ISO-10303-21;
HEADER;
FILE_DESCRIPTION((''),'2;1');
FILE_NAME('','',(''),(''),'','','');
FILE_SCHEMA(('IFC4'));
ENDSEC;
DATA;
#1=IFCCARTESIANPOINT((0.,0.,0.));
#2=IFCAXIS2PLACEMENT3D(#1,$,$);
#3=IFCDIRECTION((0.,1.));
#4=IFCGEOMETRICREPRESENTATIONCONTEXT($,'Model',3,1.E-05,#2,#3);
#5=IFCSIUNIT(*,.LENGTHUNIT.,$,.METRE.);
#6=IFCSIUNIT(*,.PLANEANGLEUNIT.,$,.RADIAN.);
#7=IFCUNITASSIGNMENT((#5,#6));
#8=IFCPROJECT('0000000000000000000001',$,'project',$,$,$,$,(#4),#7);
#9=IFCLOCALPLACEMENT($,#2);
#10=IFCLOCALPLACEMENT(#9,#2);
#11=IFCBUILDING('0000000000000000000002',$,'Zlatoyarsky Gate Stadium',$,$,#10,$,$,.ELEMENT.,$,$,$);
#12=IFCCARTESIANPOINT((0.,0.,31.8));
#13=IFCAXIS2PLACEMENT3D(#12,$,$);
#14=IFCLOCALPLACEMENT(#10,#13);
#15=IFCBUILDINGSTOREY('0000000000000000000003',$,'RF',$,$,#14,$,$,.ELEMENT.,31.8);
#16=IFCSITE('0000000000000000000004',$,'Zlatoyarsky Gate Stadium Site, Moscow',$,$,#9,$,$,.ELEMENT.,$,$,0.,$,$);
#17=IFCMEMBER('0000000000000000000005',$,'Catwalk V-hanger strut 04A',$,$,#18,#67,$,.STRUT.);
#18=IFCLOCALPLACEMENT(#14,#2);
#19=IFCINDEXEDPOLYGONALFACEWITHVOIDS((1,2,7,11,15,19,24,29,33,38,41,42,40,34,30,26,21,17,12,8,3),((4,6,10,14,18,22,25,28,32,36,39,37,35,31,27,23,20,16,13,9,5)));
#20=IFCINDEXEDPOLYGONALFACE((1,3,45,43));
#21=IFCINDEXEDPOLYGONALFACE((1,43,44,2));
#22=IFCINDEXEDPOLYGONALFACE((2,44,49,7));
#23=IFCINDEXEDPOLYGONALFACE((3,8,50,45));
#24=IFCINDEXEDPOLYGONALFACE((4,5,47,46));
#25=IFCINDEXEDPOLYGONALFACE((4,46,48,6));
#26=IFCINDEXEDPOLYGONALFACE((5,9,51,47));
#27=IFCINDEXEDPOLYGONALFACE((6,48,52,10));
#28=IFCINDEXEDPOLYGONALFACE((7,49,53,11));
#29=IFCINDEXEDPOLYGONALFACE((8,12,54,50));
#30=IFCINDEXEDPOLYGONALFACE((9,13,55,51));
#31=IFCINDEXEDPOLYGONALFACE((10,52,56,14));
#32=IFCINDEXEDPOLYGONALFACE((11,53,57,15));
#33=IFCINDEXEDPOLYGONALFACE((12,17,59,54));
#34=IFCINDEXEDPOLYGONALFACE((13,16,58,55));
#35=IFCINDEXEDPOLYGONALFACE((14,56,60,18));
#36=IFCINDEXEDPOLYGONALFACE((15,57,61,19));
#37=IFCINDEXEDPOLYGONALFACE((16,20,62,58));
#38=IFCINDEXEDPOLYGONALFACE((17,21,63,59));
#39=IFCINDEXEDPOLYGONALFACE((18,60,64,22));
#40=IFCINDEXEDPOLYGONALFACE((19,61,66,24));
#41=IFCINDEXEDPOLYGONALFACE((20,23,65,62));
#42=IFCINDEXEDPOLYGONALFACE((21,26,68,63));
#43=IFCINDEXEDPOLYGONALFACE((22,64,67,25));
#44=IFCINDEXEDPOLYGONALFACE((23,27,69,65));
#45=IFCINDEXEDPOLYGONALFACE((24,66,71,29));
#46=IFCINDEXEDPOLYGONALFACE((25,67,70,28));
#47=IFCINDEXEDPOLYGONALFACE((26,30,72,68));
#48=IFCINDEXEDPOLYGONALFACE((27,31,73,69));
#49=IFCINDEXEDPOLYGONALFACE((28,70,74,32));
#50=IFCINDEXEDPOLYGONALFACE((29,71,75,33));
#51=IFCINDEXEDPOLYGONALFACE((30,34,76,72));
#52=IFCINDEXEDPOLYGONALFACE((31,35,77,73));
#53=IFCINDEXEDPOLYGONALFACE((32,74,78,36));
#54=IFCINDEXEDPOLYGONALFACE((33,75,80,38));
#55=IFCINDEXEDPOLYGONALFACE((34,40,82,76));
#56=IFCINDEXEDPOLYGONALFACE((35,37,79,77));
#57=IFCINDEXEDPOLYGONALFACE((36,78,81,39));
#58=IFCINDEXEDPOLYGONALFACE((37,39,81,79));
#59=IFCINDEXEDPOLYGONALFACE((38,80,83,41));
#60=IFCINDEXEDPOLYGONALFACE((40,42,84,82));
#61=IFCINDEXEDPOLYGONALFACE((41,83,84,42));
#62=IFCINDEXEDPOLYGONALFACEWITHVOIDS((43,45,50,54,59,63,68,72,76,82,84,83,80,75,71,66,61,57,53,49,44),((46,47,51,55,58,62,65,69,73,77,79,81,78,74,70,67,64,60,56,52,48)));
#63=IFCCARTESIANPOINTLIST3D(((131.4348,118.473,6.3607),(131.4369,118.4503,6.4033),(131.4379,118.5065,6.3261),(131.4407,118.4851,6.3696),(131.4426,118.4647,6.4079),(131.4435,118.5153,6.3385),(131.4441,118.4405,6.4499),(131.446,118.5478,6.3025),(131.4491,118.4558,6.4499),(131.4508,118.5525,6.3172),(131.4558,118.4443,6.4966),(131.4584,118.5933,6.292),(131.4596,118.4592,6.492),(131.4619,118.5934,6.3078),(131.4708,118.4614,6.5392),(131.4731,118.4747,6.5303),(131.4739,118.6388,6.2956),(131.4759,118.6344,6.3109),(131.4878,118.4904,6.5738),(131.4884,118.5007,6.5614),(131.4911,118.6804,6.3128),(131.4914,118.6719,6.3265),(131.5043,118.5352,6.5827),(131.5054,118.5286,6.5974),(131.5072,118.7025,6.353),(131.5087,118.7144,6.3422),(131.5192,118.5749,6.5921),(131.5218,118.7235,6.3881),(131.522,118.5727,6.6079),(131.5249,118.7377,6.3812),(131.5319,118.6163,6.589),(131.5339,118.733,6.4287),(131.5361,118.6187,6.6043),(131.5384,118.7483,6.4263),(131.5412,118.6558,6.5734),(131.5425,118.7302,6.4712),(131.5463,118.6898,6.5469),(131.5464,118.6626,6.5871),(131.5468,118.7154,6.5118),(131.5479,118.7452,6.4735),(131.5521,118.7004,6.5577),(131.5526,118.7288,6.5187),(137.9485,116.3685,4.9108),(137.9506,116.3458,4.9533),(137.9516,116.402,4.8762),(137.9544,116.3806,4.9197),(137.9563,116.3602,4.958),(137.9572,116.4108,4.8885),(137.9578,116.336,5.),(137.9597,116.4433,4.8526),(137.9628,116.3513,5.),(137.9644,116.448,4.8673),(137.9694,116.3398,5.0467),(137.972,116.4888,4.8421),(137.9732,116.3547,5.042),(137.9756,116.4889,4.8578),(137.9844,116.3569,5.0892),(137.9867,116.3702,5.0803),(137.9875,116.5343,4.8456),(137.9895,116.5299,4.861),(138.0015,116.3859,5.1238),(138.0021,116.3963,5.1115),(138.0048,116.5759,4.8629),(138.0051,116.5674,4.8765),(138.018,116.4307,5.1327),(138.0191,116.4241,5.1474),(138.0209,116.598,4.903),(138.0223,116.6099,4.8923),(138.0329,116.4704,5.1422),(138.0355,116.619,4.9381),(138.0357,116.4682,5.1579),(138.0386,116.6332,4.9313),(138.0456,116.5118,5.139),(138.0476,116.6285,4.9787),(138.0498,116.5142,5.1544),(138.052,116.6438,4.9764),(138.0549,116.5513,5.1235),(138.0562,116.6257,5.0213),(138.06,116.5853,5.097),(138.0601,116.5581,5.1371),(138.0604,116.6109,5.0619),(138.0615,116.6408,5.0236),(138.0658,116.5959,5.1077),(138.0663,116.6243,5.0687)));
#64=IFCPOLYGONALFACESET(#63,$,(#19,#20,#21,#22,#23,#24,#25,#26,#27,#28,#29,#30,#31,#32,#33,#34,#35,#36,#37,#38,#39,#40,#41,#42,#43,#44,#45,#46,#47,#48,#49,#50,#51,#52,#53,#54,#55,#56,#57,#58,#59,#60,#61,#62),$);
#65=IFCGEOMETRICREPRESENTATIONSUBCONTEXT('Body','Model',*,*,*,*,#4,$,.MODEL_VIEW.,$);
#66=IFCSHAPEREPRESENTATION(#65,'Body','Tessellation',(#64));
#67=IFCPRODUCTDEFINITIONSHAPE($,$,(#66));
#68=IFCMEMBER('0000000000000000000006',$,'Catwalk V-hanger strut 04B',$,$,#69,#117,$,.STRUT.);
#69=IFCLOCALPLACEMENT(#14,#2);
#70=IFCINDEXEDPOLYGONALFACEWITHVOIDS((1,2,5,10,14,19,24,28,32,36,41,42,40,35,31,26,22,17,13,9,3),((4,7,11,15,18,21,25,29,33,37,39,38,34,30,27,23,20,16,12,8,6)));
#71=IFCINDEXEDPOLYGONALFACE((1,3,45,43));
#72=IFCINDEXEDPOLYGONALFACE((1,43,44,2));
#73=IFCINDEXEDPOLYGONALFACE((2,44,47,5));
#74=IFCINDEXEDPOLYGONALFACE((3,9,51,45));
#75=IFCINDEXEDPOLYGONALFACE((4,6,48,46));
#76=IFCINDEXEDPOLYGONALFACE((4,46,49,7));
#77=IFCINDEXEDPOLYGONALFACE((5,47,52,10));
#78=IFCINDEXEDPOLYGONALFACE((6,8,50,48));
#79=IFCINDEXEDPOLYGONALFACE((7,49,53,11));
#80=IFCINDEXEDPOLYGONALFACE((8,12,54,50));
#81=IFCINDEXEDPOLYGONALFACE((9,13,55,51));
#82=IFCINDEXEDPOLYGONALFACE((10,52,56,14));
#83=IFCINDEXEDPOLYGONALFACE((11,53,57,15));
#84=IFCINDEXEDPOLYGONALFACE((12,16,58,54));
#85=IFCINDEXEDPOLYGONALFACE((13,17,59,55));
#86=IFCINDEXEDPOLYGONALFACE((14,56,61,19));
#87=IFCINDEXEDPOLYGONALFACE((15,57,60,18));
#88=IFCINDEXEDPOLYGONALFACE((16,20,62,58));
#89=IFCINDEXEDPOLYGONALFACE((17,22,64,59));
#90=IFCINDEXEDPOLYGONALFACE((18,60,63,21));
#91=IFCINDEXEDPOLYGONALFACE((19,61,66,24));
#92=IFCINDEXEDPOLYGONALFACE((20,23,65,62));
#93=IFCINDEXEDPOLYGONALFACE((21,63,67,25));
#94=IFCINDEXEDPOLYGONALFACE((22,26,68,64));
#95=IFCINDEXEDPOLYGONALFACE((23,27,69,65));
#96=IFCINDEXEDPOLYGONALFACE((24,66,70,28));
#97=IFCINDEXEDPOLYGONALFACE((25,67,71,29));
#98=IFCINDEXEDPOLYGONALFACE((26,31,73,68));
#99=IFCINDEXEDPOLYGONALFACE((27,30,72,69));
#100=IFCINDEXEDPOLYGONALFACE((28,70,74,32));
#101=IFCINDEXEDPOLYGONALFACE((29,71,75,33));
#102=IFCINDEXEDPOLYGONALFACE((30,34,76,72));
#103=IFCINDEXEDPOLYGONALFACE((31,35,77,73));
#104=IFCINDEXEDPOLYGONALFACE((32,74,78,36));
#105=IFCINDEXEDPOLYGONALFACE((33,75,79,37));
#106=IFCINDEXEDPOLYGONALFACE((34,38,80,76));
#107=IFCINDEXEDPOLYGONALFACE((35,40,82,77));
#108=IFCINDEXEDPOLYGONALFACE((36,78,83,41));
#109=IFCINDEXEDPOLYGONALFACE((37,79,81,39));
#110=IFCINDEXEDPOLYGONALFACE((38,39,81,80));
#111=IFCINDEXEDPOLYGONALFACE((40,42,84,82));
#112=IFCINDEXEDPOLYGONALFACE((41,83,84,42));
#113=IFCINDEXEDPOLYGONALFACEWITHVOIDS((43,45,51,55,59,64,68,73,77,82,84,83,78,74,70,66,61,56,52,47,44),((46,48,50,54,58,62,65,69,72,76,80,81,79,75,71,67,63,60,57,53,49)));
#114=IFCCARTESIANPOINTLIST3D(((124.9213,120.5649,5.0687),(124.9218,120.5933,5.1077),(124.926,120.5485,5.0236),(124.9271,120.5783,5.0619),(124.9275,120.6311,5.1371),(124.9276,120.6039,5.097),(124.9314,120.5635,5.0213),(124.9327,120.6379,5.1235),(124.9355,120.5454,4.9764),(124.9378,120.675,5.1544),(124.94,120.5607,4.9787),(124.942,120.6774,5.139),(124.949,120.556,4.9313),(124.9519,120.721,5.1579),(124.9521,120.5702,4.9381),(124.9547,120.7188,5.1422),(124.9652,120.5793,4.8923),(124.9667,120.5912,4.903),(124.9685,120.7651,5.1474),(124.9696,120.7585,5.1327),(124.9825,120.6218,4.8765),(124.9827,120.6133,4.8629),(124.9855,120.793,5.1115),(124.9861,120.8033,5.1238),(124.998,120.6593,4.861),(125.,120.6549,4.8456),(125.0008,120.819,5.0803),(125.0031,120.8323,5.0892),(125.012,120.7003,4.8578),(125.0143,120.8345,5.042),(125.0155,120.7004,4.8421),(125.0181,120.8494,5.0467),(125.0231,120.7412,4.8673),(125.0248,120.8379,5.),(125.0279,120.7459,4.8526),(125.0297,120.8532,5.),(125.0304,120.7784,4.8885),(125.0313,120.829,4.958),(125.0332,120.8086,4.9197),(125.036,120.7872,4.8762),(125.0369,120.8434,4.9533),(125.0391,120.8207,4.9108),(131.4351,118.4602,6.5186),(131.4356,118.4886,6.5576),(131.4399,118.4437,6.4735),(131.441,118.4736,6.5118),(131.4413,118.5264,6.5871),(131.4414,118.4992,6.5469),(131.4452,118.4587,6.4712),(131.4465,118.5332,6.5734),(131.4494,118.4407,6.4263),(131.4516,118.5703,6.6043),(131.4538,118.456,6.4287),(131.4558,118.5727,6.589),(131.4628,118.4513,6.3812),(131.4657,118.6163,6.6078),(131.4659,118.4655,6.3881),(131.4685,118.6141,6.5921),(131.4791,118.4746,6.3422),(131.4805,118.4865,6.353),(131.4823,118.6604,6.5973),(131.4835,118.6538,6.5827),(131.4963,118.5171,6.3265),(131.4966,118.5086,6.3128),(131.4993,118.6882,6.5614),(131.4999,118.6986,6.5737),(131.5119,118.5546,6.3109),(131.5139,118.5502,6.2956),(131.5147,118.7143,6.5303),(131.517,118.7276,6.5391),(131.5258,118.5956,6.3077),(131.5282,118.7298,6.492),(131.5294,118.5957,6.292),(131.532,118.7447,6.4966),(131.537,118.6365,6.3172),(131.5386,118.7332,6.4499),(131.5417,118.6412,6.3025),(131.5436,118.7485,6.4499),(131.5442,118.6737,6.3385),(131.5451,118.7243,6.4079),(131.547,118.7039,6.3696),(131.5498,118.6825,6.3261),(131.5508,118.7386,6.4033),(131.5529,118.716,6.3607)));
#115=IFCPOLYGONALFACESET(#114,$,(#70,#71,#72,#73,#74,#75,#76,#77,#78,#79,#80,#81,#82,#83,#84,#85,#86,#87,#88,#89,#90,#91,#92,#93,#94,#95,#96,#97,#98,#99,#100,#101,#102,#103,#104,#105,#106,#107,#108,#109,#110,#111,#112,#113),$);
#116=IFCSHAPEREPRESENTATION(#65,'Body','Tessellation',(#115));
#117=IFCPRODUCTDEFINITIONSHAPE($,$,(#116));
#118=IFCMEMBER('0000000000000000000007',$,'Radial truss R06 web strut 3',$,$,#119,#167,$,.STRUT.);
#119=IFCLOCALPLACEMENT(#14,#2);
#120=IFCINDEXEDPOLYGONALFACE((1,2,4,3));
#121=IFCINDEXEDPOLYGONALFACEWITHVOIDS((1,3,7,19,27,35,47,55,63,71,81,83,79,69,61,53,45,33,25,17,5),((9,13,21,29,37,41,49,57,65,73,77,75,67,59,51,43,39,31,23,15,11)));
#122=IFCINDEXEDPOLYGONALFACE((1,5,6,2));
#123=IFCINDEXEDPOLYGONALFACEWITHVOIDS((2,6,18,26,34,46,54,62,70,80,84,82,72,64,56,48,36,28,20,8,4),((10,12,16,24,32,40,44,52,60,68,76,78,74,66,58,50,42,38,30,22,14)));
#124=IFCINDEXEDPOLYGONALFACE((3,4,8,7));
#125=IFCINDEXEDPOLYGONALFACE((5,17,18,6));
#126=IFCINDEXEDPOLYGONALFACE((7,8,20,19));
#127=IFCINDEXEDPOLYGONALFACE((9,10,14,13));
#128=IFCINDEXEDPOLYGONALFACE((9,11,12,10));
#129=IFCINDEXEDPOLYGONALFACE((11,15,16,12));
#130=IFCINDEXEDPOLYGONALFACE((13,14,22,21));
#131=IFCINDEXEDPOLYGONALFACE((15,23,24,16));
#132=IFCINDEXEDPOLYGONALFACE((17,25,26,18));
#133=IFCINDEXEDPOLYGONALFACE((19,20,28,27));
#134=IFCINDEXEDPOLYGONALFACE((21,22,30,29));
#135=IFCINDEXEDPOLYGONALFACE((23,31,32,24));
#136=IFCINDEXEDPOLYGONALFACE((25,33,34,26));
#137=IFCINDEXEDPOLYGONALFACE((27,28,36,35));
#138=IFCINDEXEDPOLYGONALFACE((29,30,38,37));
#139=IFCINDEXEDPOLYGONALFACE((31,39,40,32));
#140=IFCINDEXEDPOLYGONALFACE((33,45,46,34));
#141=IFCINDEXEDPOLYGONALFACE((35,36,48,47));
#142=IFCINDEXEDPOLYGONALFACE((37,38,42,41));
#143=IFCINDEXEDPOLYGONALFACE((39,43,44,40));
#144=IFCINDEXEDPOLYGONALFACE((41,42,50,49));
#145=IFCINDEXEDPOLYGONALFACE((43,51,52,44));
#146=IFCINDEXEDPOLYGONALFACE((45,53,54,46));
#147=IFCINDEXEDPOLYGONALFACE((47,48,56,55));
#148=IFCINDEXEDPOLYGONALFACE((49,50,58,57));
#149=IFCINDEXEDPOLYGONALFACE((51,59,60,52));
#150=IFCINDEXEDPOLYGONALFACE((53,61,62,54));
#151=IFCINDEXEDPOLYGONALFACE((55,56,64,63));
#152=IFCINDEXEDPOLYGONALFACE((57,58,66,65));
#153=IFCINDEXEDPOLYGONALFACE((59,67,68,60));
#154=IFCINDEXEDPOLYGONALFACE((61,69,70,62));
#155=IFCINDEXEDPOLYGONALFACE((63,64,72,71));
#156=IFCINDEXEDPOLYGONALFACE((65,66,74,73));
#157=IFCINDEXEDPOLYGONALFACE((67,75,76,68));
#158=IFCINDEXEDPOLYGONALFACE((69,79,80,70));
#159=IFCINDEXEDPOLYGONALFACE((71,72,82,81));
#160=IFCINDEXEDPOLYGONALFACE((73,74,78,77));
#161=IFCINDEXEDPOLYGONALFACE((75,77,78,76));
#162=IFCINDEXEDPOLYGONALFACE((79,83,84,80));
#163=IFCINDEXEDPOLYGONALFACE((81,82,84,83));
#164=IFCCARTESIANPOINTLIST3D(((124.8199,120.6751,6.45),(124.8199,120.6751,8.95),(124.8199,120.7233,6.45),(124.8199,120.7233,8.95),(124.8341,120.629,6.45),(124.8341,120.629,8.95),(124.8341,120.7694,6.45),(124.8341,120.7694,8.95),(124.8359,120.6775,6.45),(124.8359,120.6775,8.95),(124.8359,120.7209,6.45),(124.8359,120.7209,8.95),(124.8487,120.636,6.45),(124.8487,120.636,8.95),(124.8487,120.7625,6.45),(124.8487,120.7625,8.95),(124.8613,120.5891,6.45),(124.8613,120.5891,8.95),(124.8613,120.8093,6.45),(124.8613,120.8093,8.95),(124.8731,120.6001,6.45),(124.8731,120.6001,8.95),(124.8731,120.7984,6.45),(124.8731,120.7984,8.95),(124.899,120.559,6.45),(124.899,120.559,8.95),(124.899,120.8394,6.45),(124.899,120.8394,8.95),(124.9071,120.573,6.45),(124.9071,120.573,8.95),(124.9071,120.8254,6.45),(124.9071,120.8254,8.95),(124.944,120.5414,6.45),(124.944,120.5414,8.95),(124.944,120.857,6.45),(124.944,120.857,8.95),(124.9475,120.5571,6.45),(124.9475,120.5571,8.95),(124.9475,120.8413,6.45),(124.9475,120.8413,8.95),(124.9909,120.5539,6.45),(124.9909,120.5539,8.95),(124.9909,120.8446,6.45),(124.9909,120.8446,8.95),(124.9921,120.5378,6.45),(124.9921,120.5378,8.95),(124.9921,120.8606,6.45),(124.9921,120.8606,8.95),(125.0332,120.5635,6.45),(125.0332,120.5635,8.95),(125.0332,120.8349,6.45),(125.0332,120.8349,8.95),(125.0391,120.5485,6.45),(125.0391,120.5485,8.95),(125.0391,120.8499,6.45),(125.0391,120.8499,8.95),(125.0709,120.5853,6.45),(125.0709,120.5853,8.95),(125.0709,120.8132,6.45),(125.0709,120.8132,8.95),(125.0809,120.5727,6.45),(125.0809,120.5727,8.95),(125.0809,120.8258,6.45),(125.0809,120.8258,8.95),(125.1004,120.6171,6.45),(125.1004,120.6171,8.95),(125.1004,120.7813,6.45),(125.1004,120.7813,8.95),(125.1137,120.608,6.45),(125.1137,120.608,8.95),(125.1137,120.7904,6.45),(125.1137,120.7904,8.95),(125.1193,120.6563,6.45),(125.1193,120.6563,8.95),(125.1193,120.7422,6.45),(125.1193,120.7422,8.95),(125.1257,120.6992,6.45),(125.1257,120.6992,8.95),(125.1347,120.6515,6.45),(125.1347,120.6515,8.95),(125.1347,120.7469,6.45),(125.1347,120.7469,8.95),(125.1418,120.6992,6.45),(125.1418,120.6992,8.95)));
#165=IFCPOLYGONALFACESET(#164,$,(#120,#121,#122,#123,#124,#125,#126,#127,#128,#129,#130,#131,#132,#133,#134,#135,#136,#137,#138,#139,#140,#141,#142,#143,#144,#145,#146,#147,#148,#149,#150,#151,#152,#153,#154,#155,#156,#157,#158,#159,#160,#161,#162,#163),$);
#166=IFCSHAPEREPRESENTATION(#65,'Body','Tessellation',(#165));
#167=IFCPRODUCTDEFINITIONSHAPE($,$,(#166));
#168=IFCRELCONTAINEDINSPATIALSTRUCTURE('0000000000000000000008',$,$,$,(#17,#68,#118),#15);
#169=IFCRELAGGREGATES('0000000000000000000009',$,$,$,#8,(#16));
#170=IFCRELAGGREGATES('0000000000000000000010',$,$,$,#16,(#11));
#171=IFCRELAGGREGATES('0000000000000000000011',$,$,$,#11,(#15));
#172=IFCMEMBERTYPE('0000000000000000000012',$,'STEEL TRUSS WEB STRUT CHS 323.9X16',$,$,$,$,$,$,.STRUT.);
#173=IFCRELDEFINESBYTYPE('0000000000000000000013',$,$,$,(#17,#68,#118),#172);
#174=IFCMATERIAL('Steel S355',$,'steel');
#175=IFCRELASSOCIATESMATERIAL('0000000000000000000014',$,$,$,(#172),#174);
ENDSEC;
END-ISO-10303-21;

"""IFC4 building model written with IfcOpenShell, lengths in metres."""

from ifc_helpers import new_model, si_unit, direction, frame, origin, origin_2d, place, context, subcontext, project, spatial, hollow_circle, extrude, material, material_profile, profile_set, type_object, element, save


model = new_model("IFC4")

# Units and contexts
model_context = context("Model", 3, precision=1e-05, world=origin(), true_north=direction((0.0, 1.0)))
body_context = subcontext(model_context, "Body", "Model", "MODEL_VIEW")
ifc_project = project(units=[si_unit("LENGTHUNIT", "METRE"), si_unit("PLANEANGLEUNIT", "RADIAN")], contexts=[model_context])

# Site, building, storey
site_placement = place(None, origin())
site = spatial("IfcSite", under=ifc_project, at=site_placement, Name="Zlatoyarsky Gate Stadium Site, Moscow", CompositionType="ELEMENT", RefElevation=0.0)
building_placement = place(site_placement, origin())
building = spatial("IfcBuilding", under=site, at=building_placement, Name="Zlatoyarsky Gate Stadium", CompositionType="ELEMENT")
storey_placement = place(building_placement, frame((0.0, 0.0, 31.8)))
storey = spatial("IfcBuildingStorey", under=building, at=storey_placement, Name="RF", CompositionType="ELEMENT", Elevation=31.8)

# Shared definitions
ifc_material = material(Name="Steel S355", Category="steel")

# Members
ifc_material_profile_1 = material_profile(ifc_material, hollow_circle(Radius=0.1619, WallThickness=0.0161, at=origin_2d()), Name="CHS 323.9X16")
ifc_profile_set_1 = profile_set([ifc_material_profile_1], Name="Steel S355")
member_type_1 = type_object("IfcMemberType", Name="STEEL TRUSS WEB STRUT CHS 323.9X16", PredefinedType="STRUT", material=ifc_profile_set_1)
member_1_placement = place(storey_placement, frame((138.0076, 116.49, 5.0), z_axis=(-0.930913, 0.300767, 0.207222), x_axis=(-0.30744, -0.951567, 0.0)))
element("IfcMember", 1, at=member_1_placement, inside=storey, type_object=member_type_1, Name="Catwalk V-hanger strut 04A", PredefinedType="STRUT", context=body_context, shape_type="SweptSolid", body=[
    extrude(hollow_circle(Radius=0.1619, WallThickness=0.0161, at=origin_2d()), origin(), (0.0, 0.0, 1.0), 6.9971),
])
member_2_placement = place(storey_placement, frame((124.98, 120.6992, 5.0), z_axis=(0.930907, -0.300789, 0.207213), x_axis=(0.307462, 0.95156, 0.0)))
element("IfcMember", 2, at=member_2_placement, inside=storey, type_object=member_type_1, Name="Catwalk V-hanger strut 04B", PredefinedType="STRUT", context=body_context, shape_type="SweptSolid", body=[
    extrude(hollow_circle(Radius=0.1619, WallThickness=0.0161, at=origin_2d()), origin(), (0.0, 0.0, 1.0), 6.9973),
])
member_3_placement = place(storey_placement, frame((124.98, 120.6992, 6.45), z_axis=(0.0, 0.0, 1.0), x_axis=(1.0, 0.0, 0.0)))
element("IfcMember", 3, at=member_3_placement, inside=storey, type_object=member_type_1, Name="Radial truss R06 web strut 3", PredefinedType="STRUT", context=body_context, shape_type="SweptSolid", body=[
    extrude(hollow_circle(Radius=0.1619, WallThickness=0.0161, at=origin_2d()), origin(), (0.0, 0.0, 1.0), 2.5),
])

save(model, "model.ifc")
